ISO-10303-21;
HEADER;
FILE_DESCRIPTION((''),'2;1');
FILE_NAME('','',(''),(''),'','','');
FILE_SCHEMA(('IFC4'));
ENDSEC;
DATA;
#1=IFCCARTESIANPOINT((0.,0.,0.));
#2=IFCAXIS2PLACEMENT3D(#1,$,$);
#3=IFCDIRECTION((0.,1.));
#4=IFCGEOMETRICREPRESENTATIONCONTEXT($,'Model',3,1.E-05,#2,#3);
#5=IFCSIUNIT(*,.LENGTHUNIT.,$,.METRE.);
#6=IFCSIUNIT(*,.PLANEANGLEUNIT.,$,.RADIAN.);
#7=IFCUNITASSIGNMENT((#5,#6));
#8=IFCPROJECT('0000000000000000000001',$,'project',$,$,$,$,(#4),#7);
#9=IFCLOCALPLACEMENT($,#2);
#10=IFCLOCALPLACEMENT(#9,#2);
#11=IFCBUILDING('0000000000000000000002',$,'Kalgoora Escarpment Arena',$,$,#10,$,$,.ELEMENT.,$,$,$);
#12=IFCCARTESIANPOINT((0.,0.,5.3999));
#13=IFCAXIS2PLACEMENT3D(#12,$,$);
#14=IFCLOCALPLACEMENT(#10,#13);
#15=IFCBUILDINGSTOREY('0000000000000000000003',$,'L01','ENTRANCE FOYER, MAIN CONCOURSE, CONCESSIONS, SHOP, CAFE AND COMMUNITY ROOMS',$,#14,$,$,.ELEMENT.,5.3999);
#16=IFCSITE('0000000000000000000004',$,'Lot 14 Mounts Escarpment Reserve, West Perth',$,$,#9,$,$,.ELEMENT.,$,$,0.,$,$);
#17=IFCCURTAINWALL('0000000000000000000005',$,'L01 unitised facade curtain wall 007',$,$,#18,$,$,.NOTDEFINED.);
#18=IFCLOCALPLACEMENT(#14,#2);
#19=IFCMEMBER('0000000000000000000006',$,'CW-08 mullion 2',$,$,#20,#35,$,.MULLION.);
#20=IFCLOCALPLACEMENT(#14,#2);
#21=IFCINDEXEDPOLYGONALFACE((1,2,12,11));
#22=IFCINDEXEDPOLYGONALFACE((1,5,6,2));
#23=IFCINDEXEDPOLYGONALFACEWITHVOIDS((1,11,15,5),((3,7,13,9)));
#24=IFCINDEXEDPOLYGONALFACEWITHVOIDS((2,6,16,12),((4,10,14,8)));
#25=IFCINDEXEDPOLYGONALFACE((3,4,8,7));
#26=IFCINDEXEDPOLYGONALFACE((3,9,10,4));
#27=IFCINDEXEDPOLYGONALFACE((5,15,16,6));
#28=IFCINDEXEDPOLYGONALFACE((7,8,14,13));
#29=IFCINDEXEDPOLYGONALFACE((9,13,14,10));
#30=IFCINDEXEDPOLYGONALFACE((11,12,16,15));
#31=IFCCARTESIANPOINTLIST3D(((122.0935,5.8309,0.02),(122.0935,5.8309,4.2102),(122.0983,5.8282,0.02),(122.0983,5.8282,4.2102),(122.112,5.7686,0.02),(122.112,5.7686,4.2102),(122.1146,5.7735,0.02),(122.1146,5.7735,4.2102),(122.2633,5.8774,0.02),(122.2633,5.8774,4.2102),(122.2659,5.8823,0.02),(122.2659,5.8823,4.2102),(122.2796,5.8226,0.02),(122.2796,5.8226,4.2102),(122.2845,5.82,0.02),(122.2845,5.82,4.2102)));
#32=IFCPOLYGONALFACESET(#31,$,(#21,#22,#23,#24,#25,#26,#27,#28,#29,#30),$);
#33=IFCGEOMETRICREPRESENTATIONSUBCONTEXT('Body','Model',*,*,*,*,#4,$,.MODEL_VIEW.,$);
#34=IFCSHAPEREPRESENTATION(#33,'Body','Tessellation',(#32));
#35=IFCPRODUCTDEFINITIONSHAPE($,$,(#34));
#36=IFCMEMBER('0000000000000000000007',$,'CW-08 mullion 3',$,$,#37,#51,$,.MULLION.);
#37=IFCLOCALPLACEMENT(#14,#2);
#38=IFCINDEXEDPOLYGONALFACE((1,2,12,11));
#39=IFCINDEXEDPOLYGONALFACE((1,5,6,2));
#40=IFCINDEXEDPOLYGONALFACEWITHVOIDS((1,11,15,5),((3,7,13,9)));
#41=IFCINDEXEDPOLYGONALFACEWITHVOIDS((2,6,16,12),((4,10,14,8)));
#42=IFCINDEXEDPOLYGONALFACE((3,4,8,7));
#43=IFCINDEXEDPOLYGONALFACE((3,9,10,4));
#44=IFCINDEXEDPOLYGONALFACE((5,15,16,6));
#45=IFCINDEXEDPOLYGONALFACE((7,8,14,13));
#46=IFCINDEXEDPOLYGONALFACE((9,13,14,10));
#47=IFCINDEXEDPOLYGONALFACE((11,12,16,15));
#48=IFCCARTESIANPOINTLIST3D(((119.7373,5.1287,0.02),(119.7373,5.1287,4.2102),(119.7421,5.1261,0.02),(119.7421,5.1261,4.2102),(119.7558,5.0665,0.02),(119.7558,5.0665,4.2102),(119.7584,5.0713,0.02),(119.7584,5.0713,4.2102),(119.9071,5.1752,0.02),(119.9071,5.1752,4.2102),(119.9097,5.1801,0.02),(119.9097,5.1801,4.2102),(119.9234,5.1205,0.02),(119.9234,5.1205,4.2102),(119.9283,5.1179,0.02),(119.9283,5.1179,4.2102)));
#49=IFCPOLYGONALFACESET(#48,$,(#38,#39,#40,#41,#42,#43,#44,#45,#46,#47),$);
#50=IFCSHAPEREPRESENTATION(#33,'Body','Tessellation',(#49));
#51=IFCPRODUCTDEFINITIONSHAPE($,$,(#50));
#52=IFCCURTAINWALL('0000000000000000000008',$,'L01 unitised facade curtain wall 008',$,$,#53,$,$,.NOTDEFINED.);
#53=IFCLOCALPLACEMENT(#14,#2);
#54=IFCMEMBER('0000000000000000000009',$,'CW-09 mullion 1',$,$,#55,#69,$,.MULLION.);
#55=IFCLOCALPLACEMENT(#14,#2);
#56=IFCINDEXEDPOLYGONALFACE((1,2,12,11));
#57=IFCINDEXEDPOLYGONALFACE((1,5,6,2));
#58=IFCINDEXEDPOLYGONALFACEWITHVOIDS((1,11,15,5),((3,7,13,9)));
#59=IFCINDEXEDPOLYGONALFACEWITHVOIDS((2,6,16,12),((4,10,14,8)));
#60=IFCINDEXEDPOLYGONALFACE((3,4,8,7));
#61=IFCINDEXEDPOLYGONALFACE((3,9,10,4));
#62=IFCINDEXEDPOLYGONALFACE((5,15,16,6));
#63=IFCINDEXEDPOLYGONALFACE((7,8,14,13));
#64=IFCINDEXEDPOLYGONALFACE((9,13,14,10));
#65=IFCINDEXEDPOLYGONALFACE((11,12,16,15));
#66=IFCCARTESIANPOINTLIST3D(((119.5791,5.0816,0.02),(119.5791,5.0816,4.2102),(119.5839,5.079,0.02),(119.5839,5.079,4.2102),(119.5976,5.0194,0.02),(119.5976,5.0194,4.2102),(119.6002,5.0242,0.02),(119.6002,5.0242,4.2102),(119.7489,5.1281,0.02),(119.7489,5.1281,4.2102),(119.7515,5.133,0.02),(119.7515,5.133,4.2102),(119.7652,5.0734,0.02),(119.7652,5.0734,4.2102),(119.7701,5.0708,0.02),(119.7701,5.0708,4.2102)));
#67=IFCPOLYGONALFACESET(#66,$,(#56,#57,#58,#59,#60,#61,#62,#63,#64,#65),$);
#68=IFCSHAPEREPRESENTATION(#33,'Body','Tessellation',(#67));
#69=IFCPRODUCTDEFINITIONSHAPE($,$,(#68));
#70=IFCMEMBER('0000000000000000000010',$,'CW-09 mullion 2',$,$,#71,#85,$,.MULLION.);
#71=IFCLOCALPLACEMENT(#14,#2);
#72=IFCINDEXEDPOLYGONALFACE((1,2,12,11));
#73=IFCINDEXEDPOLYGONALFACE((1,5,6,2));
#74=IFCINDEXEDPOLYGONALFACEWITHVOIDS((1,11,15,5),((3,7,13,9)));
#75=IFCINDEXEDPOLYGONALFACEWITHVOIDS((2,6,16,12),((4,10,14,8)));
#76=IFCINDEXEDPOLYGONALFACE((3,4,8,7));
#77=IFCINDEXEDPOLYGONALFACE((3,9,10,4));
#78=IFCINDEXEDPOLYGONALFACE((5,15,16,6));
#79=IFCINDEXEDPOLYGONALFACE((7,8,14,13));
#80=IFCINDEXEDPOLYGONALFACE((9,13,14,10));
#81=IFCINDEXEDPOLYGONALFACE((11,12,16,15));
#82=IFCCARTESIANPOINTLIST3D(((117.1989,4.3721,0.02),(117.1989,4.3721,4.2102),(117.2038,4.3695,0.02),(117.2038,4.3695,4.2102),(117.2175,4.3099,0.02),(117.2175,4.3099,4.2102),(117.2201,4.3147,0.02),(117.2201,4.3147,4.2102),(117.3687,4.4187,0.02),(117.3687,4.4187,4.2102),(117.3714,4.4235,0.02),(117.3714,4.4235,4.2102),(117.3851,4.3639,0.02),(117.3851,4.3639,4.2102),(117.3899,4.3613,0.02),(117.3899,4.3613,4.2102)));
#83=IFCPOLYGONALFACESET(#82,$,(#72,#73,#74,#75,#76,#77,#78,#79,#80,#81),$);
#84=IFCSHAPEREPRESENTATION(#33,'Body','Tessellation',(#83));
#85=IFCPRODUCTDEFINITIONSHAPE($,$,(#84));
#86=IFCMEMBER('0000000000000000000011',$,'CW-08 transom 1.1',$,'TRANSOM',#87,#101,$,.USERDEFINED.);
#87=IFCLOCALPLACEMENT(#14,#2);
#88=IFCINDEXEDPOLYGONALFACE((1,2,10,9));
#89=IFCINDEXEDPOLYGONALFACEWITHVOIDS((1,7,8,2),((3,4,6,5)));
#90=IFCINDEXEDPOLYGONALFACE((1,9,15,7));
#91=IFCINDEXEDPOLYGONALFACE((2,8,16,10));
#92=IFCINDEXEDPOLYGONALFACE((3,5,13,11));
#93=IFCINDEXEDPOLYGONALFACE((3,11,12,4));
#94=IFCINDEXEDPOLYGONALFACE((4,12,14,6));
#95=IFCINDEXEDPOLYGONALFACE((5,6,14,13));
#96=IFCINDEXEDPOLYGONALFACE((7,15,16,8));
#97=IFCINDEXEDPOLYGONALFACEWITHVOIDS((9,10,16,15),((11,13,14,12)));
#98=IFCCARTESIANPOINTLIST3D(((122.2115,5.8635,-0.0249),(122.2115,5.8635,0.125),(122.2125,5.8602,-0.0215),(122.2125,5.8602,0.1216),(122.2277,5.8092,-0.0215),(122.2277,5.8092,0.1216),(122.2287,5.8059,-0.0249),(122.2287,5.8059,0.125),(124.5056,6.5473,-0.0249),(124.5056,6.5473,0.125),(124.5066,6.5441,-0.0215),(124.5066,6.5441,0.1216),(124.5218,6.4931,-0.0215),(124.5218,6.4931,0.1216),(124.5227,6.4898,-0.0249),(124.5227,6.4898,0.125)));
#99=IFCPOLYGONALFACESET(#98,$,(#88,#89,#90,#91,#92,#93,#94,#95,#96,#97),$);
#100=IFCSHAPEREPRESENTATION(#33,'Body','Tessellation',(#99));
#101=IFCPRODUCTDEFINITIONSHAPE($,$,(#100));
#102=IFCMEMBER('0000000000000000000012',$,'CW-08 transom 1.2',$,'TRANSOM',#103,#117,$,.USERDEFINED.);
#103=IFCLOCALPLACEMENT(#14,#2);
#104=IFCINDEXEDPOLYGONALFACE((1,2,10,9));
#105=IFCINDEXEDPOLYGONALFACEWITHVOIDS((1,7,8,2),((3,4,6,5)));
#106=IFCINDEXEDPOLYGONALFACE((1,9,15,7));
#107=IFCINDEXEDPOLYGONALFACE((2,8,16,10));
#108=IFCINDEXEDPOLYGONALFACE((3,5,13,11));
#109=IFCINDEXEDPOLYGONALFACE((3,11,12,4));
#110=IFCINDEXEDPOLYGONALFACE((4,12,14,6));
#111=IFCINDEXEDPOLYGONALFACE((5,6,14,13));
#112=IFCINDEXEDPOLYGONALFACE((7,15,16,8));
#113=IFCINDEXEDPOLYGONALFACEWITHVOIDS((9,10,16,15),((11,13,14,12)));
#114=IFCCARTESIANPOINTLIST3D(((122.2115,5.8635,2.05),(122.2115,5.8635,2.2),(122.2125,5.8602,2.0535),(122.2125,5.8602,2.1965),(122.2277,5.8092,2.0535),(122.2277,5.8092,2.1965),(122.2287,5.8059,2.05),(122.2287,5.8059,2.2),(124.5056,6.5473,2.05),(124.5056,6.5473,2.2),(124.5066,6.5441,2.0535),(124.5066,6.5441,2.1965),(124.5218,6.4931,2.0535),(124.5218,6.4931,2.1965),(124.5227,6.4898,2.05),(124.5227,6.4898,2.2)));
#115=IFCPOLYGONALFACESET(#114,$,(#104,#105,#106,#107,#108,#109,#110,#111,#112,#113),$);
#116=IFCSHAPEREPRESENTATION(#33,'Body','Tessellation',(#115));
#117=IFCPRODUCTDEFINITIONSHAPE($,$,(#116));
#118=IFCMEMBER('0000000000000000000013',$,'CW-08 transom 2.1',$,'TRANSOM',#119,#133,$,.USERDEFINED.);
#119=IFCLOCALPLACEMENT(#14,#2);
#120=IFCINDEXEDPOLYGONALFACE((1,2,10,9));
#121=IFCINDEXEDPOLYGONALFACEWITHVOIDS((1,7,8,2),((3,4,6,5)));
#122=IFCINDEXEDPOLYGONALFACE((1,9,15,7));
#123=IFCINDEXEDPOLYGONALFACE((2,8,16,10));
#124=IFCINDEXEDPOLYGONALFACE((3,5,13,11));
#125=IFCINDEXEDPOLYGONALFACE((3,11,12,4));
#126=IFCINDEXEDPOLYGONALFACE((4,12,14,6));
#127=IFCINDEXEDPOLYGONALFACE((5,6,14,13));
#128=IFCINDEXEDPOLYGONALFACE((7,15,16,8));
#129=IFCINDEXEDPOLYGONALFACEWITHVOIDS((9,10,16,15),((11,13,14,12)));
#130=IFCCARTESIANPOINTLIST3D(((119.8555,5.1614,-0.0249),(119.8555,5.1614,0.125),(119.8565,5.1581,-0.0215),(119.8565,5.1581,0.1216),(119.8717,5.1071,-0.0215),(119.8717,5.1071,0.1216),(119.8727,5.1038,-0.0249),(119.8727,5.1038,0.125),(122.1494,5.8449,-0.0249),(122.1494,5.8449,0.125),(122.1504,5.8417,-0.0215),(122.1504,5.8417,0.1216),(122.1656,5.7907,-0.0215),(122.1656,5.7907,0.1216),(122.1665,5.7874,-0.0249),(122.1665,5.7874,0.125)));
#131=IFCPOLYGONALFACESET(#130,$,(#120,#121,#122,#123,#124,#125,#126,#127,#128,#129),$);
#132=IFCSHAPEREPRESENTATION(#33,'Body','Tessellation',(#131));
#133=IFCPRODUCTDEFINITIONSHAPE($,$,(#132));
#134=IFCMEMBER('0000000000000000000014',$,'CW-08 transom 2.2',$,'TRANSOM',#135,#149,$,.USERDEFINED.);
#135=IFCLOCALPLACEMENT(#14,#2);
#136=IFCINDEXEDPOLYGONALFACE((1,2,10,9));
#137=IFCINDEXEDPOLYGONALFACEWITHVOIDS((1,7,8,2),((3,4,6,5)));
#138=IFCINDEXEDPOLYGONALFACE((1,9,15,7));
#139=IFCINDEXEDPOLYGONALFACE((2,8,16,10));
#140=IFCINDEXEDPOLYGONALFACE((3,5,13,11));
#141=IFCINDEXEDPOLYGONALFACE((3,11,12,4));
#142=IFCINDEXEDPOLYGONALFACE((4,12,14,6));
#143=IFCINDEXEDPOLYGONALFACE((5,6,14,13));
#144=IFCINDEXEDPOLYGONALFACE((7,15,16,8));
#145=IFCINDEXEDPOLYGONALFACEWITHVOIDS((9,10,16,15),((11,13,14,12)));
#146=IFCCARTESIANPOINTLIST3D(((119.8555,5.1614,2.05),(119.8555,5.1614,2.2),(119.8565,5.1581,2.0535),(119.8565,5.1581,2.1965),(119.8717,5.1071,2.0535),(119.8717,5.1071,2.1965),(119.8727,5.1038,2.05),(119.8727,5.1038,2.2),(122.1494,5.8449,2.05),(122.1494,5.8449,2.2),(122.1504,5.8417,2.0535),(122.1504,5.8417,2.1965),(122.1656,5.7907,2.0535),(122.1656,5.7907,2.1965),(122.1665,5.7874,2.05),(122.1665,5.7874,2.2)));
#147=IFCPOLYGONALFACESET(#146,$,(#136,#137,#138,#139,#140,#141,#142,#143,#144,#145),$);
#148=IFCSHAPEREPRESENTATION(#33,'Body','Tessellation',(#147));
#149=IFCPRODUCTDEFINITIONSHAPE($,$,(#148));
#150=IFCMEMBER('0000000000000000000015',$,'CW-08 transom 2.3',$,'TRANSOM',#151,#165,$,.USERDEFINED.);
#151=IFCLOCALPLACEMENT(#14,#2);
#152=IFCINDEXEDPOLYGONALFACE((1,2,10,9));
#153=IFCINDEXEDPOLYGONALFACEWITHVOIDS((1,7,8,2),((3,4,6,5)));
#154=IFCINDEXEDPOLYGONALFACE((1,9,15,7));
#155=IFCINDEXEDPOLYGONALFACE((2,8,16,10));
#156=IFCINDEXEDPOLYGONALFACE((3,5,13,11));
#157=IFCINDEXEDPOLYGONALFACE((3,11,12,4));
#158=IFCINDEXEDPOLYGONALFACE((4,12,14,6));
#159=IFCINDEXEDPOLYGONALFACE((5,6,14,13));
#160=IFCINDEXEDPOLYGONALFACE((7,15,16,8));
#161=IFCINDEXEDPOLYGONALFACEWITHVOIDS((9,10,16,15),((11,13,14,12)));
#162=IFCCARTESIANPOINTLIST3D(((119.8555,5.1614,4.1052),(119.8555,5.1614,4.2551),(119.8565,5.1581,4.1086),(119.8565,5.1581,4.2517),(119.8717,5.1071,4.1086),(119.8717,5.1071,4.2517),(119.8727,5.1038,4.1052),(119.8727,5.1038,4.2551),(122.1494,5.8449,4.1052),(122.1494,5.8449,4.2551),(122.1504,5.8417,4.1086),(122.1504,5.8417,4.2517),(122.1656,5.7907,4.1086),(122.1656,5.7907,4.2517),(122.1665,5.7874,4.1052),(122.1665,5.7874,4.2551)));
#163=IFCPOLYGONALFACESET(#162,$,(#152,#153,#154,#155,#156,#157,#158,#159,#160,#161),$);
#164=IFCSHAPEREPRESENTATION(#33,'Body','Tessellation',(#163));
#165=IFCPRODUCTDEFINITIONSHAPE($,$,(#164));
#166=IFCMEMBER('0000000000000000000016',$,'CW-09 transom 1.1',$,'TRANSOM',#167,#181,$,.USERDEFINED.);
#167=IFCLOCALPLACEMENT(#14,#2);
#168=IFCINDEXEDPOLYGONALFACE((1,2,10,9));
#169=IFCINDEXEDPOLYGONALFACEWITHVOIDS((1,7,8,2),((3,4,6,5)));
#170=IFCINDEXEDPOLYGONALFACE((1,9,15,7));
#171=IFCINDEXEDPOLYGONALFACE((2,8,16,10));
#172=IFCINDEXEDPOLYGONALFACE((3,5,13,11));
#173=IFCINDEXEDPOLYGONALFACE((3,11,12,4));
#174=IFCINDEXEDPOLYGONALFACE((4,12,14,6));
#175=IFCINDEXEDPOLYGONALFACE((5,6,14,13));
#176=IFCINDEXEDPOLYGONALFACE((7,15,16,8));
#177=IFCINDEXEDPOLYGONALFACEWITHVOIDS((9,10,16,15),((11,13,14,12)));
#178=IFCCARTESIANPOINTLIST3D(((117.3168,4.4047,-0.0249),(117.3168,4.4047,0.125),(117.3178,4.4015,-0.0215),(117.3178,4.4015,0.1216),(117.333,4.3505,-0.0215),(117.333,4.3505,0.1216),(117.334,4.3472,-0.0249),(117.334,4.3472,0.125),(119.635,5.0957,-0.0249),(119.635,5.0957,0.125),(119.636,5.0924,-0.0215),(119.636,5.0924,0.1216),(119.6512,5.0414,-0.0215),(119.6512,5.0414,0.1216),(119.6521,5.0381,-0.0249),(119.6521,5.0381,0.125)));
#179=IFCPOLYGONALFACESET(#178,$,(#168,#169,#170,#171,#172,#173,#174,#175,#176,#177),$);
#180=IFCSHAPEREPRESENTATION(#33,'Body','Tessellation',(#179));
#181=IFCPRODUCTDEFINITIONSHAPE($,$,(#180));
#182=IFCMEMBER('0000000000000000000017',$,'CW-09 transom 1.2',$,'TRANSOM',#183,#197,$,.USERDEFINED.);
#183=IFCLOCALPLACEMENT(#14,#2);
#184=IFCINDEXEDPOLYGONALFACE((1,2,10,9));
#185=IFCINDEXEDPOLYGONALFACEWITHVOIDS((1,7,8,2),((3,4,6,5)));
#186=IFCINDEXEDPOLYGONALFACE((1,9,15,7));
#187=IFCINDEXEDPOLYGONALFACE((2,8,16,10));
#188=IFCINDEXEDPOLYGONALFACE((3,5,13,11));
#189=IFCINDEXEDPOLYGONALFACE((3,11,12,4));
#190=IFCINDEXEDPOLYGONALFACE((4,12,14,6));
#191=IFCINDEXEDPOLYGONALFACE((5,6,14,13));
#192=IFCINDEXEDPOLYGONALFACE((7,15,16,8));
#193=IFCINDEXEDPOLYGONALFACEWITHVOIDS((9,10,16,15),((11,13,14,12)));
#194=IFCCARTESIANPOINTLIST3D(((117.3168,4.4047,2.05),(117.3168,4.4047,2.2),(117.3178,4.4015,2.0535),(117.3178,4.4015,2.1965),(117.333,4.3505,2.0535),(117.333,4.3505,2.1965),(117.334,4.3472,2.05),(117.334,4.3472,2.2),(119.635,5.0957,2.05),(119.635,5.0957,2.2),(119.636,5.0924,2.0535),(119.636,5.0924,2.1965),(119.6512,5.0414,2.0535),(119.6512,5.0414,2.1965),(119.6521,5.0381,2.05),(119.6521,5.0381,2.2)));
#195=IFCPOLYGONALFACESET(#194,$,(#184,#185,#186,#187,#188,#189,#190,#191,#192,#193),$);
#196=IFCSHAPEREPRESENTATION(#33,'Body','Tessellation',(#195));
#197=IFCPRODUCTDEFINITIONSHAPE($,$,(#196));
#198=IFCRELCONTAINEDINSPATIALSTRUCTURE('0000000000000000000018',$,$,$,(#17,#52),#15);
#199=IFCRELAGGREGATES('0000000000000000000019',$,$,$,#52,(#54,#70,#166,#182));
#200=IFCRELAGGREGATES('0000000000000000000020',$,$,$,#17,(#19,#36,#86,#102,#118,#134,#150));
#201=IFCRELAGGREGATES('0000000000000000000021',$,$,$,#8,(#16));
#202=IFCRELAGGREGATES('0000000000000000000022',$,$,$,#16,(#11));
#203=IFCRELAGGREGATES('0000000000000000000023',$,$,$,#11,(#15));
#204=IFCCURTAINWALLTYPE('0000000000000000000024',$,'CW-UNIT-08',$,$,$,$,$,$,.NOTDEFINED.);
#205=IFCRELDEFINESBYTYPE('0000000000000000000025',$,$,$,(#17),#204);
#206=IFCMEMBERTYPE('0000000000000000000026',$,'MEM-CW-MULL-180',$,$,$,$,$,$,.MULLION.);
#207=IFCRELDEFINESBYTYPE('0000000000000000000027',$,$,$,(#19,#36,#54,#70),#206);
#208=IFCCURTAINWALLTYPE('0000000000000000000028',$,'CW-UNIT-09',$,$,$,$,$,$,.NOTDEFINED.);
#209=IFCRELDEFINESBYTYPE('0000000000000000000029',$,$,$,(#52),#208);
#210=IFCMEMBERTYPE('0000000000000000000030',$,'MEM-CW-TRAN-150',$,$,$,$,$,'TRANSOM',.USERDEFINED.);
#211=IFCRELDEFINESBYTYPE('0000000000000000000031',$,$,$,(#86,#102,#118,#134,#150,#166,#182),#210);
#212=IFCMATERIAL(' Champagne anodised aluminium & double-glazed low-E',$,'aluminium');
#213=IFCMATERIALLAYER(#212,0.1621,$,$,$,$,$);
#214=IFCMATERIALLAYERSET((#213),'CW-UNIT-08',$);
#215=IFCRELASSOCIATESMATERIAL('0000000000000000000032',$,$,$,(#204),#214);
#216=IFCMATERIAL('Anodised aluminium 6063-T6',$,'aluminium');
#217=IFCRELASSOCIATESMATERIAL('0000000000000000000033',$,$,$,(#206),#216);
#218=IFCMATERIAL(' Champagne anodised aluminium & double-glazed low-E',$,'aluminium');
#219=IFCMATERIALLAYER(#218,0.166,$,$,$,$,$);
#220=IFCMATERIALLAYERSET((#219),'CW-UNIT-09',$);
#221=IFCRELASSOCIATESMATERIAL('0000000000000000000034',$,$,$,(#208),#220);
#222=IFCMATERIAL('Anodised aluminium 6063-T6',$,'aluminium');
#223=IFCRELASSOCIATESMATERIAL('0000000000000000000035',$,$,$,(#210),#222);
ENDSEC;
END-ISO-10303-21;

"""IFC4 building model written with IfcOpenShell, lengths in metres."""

from ifc_helpers import new_model, si_unit, direction, frame, origin, origin_2d, place, context, subcontext, project, spatial, hollow_rectangle, extrude, material, layer, layer_set, material_profile, profile_set, type_object, element, aggregate, save


model = new_model("IFC4")

# Units and contexts
model_context = context("Model", 3, precision=1e-05, world=origin(), true_north=direction((0.0, 1.0)))
body_context = subcontext(model_context, "Body", "Model", "MODEL_VIEW")
ifc_project = project(units=[si_unit("LENGTHUNIT", "METRE"), si_unit("PLANEANGLEUNIT", "RADIAN")], contexts=[model_context])

# Site, building, storey
site_placement = place(None, origin())
site = spatial("IfcSite", under=ifc_project, at=site_placement, Name="Lot 14 Mounts Escarpment Reserve, West Perth", CompositionType="ELEMENT", RefElevation=0.0)
building_placement = place(site_placement, origin())
building = spatial("IfcBuilding", under=site, at=building_placement, Name="Kalgoora Escarpment Arena", CompositionType="ELEMENT")
storey_placement = place(building_placement, frame((0.0, 0.0, 5.3999)))
storey = spatial("IfcBuildingStorey", under=building, at=storey_placement, Name="L01", Description="ENTRANCE FOYER, MAIN CONCOURSE, CONCESSIONS, SHOP, CAFE AND COMMUNITY ROOMS", CompositionType="ELEMENT", Elevation=5.3999)

# Curtain walls, members
ifc_material_1 = material(Name=" Champagne anodised aluminium & double-glazed low-E", Category="aluminium")
ifc_layer_1 = layer(ifc_material_1, 0.1621)
ifc_layer_set_1 = layer_set([ifc_layer_1], Name="CW-UNIT-08")
curtain_wall_type_1 = type_object("IfcCurtainWallType", Name="CW-UNIT-08", PredefinedType="NOTDEFINED", material=ifc_layer_set_1)
curtain_wall_1_placement = place(storey_placement, origin())
curtain_wall_1 = element("IfcCurtainWall", 1, at=curtain_wall_1_placement, inside=storey, type_object=curtain_wall_type_1, Name="L01 unitised facade curtain wall 007", PredefinedType="NOTDEFINED")
ifc_material_2 = material(Name="Anodised aluminium 6063-T6", Category="aluminium")
ifc_material_profile_1 = material_profile(ifc_material_2, hollow_rectangle(XDim=0.0649, YDim=0.1799, WallThickness=0.0039, at=origin_2d()))
ifc_profile_set_1 = profile_set([ifc_material_profile_1], Name="Anodised aluminium 6063-T6")
member_type_1 = type_object("IfcMemberType", Name="MEM-CW-MULL-180", PredefinedType="MULLION", material=ifc_profile_set_1)
member_1_placement = place(storey_placement, frame((122.189, 5.8254, 0.02), z_axis=(0.0, 0.0, 1.0), x_axis=(0.285622, -0.958342, 0.0)))
member_1 = element("IfcMember", 2, at=member_1_placement, type_object=member_type_1, Name="CW-08 mullion 2", PredefinedType="MULLION", context=body_context, shape_type="SweptSolid", body=[
    extrude(hollow_rectangle(XDim=0.0649, YDim=0.1799, WallThickness=0.0039, at=origin_2d()), origin(), (0.0, 0.0, 1.0), 4.1902),
])
member_2_placement = place(storey_placement, frame((119.8328, 5.1233, 0.02), z_axis=(0.0, 0.0, 1.0), x_axis=(0.285622, -0.958342, 0.0)))
member_2 = element("IfcMember", 3, at=member_2_placement, type_object=member_type_1, Name="CW-08 mullion 3", PredefinedType="MULLION", context=body_context, shape_type="SweptSolid", body=[
    extrude(hollow_rectangle(XDim=0.0649, YDim=0.1799, WallThickness=0.0039, at=origin_2d()), origin(), (0.0, 0.0, 1.0), 4.1902),
])
ifc_material_3 = material(Name=" Champagne anodised aluminium & double-glazed low-E", Category="aluminium")
ifc_layer_2 = layer(ifc_material_3, 0.166)
ifc_layer_set_2 = layer_set([ifc_layer_2], Name="CW-UNIT-09")
curtain_wall_type_2 = type_object("IfcCurtainWallType", Name="CW-UNIT-09", PredefinedType="NOTDEFINED", material=ifc_layer_set_2)
curtain_wall_2_placement = place(storey_placement, origin())
curtain_wall_2 = element("IfcCurtainWall", 4, at=curtain_wall_2_placement, inside=storey, type_object=curtain_wall_type_2, Name="L01 unitised facade curtain wall 008", PredefinedType="NOTDEFINED")
member_3_placement = place(storey_placement, frame((119.6746, 5.0762, 0.02), z_axis=(0.0, 0.0, 1.0), x_axis=(0.285626, -0.958341, 0.0)))
member_3 = element("IfcMember", 5, at=member_3_placement, type_object=member_type_1, Name="CW-09 mullion 1", PredefinedType="MULLION", context=body_context, shape_type="SweptSolid", body=[
    extrude(hollow_rectangle(XDim=0.0649, YDim=0.1799, WallThickness=0.0039, at=origin_2d()), origin(), (0.0, 0.0, 1.0), 4.1902),
])
member_4_placement = place(storey_placement, frame((117.2944, 4.3667, 0.02), z_axis=(0.0, 0.0, 1.0), x_axis=(0.285626, -0.958341, 0.0)))
member_4 = element("IfcMember", 6, at=member_4_placement, type_object=member_type_1, Name="CW-09 mullion 2", PredefinedType="MULLION", context=body_context, shape_type="SweptSolid", body=[
    extrude(hollow_rectangle(XDim=0.0649, YDim=0.1799, WallThickness=0.0039, at=origin_2d()), origin(), (0.0, 0.0, 1.0), 4.1902),
])

# Members
ifc_material_4 = material(Name="Anodised aluminium 6063-T6", Category="aluminium")
ifc_material_profile_2 = material_profile(ifc_material_4, hollow_rectangle(XDim=0.0601, YDim=0.1499, WallThickness=0.0034, at=origin_2d()))
ifc_profile_set_2 = profile_set([ifc_material_profile_2], Name="Anodised aluminium 6063-T6")
member_type_2 = type_object("IfcMemberType", Name="MEM-CW-TRAN-150", ElementType="TRANSOM", PredefinedType="USERDEFINED", material=ifc_profile_set_2)
member_5_placement = place(storey_placement, frame((124.5142, 6.5186, 0.05), z_axis=(-0.958325, -0.285682, 0.0), x_axis=(0.285682, -0.958325, 0.0)))
member_5 = element("IfcMember", 7, at=member_5_placement, type_object=member_type_2, Name="CW-08 transom 1.1", ObjectType="TRANSOM", PredefinedType="USERDEFINED", context=body_context, shape_type="SweptSolid", body=[
    extrude(hollow_rectangle(XDim=0.0601, YDim=0.1499, WallThickness=0.0034, at=origin_2d()), origin(), (0.0, 0.0, 1.0), 2.3938),
])
member_6_placement = place(storey_placement, frame((124.5142, 6.5186, 2.125), z_axis=(-0.958325, -0.285682, 0.0), x_axis=(0.285682, -0.958325, 0.0)))
member_6 = element("IfcMember", 8, at=member_6_placement, type_object=member_type_2, Name="CW-08 transom 1.2", ObjectType="TRANSOM", PredefinedType="USERDEFINED", context=body_context, shape_type="SweptSolid", body=[
    extrude(hollow_rectangle(XDim=0.0601, YDim=0.1499, WallThickness=0.0034, at=origin_2d()), origin(), (0.0, 0.0, 1.0), 2.3938),
])
member_7_placement = place(storey_placement, frame((122.158, 5.8162, 0.05), z_axis=(-0.958352, -0.285588, 0.0), x_axis=(0.285588, -0.958352, 0.0)))
member_7 = element("IfcMember", 9, at=member_7_placement, type_object=member_type_2, Name="CW-08 transom 2.1", ObjectType="TRANSOM", PredefinedType="USERDEFINED", context=body_context, shape_type="SweptSolid", body=[
    extrude(hollow_rectangle(XDim=0.0601, YDim=0.1499, WallThickness=0.0034, at=origin_2d()), origin(), (0.0, 0.0, 1.0), 2.3936),
])
member_8_placement = place(storey_placement, frame((122.158, 5.8162, 2.125), z_axis=(-0.958352, -0.285588, 0.0), x_axis=(0.285588, -0.958352, 0.0)))
member_8 = element("IfcMember", 10, at=member_8_placement, type_object=member_type_2, Name="CW-08 transom 2.2", ObjectType="TRANSOM", PredefinedType="USERDEFINED", context=body_context, shape_type="SweptSolid", body=[
    extrude(hollow_rectangle(XDim=0.0601, YDim=0.1499, WallThickness=0.0034, at=origin_2d()), origin(), (0.0, 0.0, 1.0), 2.3936),
])
member_9_placement = place(storey_placement, frame((122.158, 5.8162, 4.1802), z_axis=(-0.958352, -0.285588, 0.0), x_axis=(0.285588, -0.958352, 0.0)))
member_9 = element("IfcMember", 11, at=member_9_placement, type_object=member_type_2, Name="CW-08 transom 2.3", ObjectType="TRANSOM", PredefinedType="USERDEFINED", context=body_context, shape_type="SweptSolid", body=[
    extrude(hollow_rectangle(XDim=0.0601, YDim=0.1499, WallThickness=0.0034, at=origin_2d()), origin(), (0.0, 0.0, 1.0), 2.3936),
])
member_10_placement = place(storey_placement, frame((119.6436, 5.0669, 0.05), z_axis=(-0.958339, -0.285634, 0.0), x_axis=(0.285634, -0.958339, 0.0)))
member_10 = element("IfcMember", 12, at=member_10_placement, type_object=member_type_2, Name="CW-09 transom 1.1", ObjectType="TRANSOM", PredefinedType="USERDEFINED", context=body_context, shape_type="SweptSolid", body=[
    extrude(hollow_rectangle(XDim=0.0601, YDim=0.1499, WallThickness=0.0034, at=origin_2d()), origin(), (0.0, 0.0, 1.0), 2.4189),
])
member_11_placement = place(storey_placement, frame((119.6436, 5.0669, 2.125), z_axis=(-0.958339, -0.285634, 0.0), x_axis=(0.285634, -0.958339, 0.0)))
member_11 = element("IfcMember", 13, at=member_11_placement, type_object=member_type_2, Name="CW-09 transom 1.2", ObjectType="TRANSOM", PredefinedType="USERDEFINED", context=body_context, shape_type="SweptSolid", body=[
    extrude(hollow_rectangle(XDim=0.0601, YDim=0.1499, WallThickness=0.0034, at=origin_2d()), origin(), (0.0, 0.0, 1.0), 2.4189),
])

aggregate(curtain_wall_2, [member_3, member_4, member_10, member_11])
aggregate(curtain_wall_1, [member_1, member_2, member_5, member_6, member_7, member_8, member_9])

save(model, "model.ifc")
